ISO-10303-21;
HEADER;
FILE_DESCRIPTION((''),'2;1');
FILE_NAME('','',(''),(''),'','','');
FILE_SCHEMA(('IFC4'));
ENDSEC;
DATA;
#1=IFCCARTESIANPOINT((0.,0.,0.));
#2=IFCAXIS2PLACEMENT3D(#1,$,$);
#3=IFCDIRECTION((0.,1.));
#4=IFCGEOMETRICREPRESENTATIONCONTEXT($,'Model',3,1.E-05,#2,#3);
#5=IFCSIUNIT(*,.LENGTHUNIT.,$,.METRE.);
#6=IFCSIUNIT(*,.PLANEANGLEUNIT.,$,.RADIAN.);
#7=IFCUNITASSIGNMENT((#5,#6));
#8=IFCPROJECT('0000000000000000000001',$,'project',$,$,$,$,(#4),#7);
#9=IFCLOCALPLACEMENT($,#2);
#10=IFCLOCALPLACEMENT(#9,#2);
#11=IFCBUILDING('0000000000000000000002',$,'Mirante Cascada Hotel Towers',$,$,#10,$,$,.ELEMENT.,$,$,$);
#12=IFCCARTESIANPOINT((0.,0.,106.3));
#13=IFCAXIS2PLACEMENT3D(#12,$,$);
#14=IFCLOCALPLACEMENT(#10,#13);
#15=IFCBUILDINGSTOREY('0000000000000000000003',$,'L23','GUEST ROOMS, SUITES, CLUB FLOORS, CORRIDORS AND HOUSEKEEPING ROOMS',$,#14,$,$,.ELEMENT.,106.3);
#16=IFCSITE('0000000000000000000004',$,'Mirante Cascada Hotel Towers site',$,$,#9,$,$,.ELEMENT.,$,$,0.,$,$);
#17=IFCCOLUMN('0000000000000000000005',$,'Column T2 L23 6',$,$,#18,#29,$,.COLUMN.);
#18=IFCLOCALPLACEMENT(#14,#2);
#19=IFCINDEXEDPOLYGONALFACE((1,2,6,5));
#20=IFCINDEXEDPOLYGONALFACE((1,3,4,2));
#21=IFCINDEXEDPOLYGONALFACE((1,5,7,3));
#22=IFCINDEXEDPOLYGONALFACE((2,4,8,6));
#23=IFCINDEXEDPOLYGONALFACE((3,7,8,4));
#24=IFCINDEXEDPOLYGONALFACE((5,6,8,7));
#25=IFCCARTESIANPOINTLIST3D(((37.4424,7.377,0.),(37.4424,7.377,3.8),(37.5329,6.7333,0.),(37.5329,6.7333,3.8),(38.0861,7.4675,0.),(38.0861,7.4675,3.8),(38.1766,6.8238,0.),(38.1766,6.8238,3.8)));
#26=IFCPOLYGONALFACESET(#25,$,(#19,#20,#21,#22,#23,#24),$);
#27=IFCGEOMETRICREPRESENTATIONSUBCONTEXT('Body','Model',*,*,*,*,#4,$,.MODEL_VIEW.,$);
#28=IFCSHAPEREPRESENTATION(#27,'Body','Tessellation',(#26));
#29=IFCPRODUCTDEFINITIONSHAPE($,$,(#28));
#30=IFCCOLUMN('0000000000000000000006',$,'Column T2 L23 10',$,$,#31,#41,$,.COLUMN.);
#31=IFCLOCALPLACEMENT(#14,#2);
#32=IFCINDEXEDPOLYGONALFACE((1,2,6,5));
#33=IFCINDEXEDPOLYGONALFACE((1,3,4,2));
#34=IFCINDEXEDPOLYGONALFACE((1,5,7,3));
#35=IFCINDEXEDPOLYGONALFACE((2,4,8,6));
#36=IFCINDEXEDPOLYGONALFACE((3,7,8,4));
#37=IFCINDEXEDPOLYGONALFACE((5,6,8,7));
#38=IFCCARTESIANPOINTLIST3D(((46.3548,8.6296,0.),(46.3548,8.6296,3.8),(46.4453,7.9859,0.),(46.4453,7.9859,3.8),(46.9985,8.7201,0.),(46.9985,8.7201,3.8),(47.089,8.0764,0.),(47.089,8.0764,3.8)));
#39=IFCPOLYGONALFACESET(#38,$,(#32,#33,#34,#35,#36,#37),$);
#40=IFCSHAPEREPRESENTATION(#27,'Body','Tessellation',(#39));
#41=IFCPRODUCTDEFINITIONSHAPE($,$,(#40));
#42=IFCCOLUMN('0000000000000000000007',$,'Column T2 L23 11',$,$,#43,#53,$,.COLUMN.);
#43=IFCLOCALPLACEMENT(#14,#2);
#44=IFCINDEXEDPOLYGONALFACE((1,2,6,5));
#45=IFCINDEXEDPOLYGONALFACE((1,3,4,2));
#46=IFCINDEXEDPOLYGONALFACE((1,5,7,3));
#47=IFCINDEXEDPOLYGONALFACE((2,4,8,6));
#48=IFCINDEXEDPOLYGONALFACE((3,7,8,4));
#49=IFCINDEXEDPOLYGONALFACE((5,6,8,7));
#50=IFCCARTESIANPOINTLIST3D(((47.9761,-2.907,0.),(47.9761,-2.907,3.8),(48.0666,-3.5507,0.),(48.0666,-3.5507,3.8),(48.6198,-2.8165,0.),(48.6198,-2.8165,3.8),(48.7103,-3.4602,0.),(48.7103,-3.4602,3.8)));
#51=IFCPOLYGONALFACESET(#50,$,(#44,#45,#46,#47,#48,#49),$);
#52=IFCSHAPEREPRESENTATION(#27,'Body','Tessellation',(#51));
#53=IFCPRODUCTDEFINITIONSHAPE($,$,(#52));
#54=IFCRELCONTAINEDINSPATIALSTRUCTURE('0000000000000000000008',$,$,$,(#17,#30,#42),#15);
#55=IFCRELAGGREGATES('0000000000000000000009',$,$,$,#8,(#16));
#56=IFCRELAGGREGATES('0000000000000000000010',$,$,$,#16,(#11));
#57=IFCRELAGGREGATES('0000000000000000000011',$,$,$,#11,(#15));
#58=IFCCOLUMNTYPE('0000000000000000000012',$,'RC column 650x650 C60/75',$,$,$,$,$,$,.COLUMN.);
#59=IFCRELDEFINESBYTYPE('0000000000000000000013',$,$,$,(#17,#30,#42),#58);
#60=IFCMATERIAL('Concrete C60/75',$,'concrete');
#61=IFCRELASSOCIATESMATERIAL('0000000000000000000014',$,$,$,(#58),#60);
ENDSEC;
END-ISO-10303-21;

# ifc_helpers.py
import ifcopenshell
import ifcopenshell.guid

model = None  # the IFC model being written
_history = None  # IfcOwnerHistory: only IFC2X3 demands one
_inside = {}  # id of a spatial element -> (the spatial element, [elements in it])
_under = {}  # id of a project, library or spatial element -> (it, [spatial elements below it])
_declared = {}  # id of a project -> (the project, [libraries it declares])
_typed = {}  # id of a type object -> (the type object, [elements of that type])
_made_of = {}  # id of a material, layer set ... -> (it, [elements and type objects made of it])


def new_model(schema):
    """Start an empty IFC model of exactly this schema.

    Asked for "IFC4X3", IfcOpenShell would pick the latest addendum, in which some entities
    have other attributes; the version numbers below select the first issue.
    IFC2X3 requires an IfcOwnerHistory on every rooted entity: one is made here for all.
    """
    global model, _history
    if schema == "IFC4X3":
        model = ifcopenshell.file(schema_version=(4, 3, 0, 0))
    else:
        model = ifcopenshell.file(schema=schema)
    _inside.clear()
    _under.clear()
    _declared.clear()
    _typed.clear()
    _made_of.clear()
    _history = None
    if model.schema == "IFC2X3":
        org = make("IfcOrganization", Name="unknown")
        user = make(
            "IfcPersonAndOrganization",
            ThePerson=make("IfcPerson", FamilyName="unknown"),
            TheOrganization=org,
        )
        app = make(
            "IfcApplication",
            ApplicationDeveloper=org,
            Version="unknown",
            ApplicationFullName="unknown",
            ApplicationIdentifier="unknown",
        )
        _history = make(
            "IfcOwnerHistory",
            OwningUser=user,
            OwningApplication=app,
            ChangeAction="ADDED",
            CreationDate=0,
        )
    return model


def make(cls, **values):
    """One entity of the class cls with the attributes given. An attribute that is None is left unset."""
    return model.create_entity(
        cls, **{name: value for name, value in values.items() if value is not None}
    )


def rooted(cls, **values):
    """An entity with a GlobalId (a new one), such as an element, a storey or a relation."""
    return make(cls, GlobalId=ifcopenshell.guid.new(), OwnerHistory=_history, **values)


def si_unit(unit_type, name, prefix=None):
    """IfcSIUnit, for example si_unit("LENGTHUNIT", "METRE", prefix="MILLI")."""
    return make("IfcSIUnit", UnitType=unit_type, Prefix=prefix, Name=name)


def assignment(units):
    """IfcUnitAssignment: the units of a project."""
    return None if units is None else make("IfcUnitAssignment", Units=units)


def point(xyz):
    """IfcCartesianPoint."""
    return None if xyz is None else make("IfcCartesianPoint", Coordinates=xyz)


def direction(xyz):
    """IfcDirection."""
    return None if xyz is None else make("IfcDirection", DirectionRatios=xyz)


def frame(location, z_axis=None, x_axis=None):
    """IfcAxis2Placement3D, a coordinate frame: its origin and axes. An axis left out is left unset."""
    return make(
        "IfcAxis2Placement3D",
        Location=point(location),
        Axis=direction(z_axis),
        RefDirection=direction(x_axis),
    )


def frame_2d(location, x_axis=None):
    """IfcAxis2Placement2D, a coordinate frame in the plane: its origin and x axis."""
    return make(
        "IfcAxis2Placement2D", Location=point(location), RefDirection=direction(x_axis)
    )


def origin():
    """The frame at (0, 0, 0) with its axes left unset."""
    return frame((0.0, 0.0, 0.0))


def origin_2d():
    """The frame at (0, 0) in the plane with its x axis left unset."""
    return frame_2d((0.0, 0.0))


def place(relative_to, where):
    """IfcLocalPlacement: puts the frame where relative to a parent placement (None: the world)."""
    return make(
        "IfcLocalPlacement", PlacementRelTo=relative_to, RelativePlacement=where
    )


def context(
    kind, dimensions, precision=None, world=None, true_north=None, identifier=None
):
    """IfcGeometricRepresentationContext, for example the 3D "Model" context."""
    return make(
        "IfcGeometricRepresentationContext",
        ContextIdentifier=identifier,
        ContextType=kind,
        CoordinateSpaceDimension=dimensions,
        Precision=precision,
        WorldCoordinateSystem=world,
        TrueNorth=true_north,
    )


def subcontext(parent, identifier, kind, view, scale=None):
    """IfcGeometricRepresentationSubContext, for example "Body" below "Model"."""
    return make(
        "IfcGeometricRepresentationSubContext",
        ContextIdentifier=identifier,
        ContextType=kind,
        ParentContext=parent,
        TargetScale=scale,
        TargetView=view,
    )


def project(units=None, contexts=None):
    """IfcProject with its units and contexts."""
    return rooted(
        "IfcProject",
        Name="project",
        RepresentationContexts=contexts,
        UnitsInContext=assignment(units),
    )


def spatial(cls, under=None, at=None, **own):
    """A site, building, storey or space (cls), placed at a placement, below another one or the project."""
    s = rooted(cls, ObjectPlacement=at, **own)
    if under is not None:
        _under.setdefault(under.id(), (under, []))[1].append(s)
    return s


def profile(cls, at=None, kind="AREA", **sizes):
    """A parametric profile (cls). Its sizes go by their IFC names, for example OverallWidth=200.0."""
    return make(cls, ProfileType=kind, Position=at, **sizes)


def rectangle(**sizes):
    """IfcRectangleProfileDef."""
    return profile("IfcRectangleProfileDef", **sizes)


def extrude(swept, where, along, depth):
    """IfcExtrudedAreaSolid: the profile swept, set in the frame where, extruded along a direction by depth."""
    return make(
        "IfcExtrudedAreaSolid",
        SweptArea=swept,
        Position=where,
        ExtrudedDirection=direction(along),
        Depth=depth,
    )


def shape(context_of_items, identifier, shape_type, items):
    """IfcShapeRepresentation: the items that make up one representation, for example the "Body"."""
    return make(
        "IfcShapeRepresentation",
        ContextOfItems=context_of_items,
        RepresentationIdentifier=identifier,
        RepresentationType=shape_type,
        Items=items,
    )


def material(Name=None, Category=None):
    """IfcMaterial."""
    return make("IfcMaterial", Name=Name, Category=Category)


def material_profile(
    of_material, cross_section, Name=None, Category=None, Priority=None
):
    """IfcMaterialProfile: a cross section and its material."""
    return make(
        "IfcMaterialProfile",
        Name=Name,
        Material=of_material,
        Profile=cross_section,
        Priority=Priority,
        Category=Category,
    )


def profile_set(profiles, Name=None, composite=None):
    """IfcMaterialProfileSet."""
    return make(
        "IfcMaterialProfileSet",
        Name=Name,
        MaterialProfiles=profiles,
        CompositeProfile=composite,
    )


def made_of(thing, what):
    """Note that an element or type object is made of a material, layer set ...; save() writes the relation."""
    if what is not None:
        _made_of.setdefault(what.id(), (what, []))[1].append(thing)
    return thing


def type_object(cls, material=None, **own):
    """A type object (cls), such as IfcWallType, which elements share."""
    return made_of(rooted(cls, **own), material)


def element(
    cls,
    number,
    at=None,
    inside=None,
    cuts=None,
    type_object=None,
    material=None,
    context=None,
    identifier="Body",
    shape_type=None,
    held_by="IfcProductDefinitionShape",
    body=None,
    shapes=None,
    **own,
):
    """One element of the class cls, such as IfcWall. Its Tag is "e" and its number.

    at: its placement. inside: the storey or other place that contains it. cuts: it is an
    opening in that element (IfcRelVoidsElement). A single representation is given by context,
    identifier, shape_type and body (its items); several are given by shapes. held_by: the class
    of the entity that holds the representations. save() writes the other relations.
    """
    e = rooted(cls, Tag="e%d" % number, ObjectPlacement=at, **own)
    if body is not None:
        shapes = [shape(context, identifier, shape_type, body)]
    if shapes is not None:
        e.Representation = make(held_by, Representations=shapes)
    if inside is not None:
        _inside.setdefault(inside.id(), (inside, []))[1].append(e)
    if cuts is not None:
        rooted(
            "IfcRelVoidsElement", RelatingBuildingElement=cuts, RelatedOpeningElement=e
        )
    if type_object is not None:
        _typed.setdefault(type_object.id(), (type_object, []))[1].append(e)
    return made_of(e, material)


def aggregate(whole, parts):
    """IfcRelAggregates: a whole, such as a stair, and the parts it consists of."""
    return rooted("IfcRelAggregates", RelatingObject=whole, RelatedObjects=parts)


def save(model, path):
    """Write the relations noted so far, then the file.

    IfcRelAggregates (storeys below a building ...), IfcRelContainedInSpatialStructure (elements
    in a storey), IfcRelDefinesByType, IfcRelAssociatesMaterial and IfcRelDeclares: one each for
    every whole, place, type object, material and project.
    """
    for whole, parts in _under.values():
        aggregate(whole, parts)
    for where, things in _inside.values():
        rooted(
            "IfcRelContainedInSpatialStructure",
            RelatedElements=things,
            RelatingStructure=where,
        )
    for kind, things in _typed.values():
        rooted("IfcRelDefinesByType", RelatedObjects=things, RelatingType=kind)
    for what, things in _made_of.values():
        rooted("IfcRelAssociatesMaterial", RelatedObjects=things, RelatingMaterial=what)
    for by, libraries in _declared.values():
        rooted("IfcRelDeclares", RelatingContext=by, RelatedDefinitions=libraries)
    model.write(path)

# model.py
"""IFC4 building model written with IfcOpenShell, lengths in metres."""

from ifc_helpers import new_model, si_unit, direction, frame, origin, origin_2d, place, context, subcontext, project, spatial, rectangle, extrude, material, material_profile, profile_set, type_object, element, save


model = new_model("IFC4")

# Units and contexts
model_context = context("Model", 3, precision=1e-05, world=origin(), true_north=direction((0.0, 1.0)))
body_context = subcontext(model_context, "Body", "Model", "MODEL_VIEW")
ifc_project = project(units=[si_unit("LENGTHUNIT", "METRE"), si_unit("PLANEANGLEUNIT", "RADIAN")], contexts=[model_context])

# Site, building, storey
site_placement = place(None, origin())
site = spatial("IfcSite", under=ifc_project, at=site_placement, Name="Mirante Cascada Hotel Towers site", CompositionType="ELEMENT", RefElevation=0.0)
building_placement = place(site_placement, origin())
building = spatial("IfcBuilding", under=site, at=building_placement, Name="Mirante Cascada Hotel Towers", CompositionType="ELEMENT")
storey_placement = place(building_placement, frame((0.0, 0.0, 106.3)))
storey = spatial("IfcBuildingStorey", under=building, at=storey_placement, Name="L23", Description="GUEST ROOMS, SUITES, CLUB FLOORS, CORRIDORS AND HOUSEKEEPING ROOMS", CompositionType="ELEMENT", Elevation=106.3)

# Columns
ifc_material_1 = material(Name="Concrete C60/75", Category="concrete")
ifc_material_profile = material_profile(ifc_material_1, rectangle(XDim=0.65, YDim=0.65, at=origin_2d()), Name="RC column 650x650 C60/75")
ifc_profile_set = profile_set([ifc_material_profile], Name="Concrete C60/75")
column_type = type_object("IfcColumnType", Name="RC column 650x650 C60/75", PredefinedType="COLUMN", material=ifc_profile_set)
for number, where, z_axis, x_axis, name in (
    (1, (37.8095, 7.1004, 0.0), (0.0, 0.0, 1.0), (0.990268, 0.139173, 0.0), "Column T2 L23 6"),
    (2, (46.7219, 8.353, 0.0), (0.0, 0.0, 1.0), (0.990268, 0.139173, 0.0), "Column T2 L23 10"),
    (3, (48.3432, -3.1836, 0.0), (0.0, 0.0, 1.0), (0.990268, 0.139173, 0.0), "Column T2 L23 11"),
):
    element("IfcColumn", number, at=place(storey_placement, frame(where, z_axis=z_axis, x_axis=x_axis)), inside=storey, type_object=column_type, Name=name, PredefinedType="COLUMN", context=body_context, shape_type="SweptSolid", body=[
        extrude(rectangle(XDim=0.65, YDim=0.65, at=origin_2d()), origin(), (0.0, 0.0, 1.0), 3.8),
    ])

save(model, "model.ifc")
